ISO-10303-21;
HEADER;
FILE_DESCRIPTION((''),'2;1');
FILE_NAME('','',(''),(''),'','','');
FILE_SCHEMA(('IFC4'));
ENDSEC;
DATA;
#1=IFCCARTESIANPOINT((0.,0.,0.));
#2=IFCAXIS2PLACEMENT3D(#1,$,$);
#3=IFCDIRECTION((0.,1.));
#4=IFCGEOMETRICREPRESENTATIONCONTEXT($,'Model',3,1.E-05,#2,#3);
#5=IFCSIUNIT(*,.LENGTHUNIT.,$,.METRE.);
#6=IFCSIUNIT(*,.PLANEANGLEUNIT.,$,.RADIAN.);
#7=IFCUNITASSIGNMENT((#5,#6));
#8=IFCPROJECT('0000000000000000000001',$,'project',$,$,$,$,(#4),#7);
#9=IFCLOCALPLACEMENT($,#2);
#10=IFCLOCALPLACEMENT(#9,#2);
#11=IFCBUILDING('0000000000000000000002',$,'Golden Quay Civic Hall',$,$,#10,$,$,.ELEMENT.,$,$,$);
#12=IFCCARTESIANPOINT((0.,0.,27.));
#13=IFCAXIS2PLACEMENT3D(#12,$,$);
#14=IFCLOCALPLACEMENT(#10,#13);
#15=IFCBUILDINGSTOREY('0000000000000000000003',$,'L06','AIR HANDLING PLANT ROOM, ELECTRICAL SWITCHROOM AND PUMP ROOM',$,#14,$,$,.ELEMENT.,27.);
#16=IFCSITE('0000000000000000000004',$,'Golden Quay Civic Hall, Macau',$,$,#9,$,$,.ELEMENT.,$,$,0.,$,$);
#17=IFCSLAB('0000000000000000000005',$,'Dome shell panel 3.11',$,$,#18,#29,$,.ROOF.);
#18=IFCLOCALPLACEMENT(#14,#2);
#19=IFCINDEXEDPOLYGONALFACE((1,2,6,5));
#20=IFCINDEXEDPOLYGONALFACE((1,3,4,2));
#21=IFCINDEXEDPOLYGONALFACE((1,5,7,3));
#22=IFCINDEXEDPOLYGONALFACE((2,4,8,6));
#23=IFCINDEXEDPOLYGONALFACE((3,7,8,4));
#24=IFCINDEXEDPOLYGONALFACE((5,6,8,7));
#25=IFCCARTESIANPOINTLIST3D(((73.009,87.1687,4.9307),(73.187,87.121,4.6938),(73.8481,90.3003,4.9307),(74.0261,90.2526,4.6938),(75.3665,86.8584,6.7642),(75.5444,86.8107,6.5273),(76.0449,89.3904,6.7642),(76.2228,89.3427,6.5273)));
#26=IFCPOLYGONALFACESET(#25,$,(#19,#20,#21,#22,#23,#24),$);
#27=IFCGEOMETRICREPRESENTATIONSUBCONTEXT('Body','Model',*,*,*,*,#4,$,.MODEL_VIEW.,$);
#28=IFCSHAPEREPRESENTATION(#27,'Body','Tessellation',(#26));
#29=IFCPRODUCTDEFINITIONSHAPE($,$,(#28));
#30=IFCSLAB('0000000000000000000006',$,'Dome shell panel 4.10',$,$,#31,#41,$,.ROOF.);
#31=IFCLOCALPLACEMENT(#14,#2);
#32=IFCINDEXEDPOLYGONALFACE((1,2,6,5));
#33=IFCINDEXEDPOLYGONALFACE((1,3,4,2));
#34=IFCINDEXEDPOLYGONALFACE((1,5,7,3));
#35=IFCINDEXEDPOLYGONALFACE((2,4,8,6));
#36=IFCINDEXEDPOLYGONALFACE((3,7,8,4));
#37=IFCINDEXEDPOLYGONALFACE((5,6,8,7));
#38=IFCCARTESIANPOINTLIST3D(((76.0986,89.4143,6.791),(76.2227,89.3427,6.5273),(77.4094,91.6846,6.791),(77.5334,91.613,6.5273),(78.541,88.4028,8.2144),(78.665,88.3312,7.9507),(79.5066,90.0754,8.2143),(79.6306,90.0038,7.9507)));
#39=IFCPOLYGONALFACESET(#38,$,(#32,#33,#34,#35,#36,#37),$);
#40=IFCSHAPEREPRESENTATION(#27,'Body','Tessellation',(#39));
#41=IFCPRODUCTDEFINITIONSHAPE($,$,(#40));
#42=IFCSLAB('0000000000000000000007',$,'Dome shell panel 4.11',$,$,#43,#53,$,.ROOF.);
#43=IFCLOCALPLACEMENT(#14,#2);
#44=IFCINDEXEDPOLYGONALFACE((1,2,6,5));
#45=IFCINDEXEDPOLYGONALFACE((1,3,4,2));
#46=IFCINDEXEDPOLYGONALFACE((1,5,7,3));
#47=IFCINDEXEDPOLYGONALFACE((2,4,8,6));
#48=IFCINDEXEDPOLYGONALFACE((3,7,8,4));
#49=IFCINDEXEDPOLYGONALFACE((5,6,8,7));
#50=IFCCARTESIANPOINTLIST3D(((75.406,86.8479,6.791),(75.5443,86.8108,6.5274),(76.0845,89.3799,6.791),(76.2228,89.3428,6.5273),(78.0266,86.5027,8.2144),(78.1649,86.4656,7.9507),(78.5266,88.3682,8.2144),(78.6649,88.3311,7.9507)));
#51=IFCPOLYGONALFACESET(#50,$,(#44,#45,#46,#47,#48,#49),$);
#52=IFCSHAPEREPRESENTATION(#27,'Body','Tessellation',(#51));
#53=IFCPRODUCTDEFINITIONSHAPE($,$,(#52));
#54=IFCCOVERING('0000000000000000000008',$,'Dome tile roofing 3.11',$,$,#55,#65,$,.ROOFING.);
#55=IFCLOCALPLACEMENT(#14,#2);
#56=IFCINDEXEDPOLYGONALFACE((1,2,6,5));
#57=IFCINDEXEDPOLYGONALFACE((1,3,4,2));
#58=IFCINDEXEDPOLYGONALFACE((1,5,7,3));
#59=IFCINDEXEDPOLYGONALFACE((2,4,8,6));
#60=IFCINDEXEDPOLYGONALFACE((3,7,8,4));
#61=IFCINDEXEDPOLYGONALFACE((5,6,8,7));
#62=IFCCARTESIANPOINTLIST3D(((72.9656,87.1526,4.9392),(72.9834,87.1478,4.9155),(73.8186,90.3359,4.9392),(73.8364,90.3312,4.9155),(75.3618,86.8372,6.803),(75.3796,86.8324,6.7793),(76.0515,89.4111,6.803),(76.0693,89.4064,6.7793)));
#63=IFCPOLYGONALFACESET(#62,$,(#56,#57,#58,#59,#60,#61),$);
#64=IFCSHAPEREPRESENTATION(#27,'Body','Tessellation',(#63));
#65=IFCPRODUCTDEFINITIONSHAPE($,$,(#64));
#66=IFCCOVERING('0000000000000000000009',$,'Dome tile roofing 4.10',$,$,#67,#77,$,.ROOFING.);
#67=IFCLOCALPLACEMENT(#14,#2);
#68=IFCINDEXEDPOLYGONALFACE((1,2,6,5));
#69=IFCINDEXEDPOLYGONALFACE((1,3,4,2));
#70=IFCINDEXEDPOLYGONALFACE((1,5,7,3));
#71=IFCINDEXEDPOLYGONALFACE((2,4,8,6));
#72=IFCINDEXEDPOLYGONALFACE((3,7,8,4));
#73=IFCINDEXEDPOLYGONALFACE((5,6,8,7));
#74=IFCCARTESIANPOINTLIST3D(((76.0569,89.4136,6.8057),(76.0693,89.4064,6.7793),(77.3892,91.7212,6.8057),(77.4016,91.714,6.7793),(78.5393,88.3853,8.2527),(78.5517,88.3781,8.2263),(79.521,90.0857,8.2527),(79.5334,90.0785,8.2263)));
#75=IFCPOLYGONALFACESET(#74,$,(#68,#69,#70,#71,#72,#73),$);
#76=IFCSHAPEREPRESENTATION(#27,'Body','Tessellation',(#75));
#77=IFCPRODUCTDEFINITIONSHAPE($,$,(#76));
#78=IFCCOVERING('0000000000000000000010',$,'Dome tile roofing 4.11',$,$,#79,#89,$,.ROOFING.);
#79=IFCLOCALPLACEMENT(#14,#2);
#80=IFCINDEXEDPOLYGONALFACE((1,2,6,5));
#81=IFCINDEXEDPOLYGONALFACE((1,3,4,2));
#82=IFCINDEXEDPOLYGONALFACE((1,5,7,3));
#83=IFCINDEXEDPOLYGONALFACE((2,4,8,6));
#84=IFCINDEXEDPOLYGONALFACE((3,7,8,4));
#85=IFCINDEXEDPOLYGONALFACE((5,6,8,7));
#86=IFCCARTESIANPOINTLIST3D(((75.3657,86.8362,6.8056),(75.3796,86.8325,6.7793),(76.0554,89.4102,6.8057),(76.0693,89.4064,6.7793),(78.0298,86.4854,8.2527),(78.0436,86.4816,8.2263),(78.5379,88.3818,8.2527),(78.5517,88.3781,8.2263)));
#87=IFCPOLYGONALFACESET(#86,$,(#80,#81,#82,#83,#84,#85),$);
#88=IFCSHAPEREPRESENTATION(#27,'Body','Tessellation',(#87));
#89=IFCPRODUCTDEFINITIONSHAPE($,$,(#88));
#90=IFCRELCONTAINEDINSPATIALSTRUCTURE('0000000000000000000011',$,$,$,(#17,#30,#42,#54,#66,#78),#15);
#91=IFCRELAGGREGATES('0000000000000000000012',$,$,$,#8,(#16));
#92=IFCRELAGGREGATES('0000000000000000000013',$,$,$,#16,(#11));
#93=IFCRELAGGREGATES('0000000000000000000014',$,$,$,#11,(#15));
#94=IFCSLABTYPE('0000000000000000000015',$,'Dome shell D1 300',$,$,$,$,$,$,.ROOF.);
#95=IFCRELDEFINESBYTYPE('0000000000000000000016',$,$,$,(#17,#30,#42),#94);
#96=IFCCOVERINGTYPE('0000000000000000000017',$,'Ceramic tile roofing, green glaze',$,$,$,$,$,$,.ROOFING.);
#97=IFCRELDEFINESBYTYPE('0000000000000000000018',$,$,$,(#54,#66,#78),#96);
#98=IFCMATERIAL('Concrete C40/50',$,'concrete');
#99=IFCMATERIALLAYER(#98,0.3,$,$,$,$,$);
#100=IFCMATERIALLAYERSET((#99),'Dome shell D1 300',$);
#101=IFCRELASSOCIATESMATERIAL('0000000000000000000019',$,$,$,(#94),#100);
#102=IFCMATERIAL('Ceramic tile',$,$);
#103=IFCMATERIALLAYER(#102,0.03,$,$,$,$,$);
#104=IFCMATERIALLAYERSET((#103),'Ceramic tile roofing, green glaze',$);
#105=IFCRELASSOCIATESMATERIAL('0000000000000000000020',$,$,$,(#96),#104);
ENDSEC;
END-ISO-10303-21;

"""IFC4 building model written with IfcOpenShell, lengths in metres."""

from ifc_helpers import new_model, si_unit, direction, frame, origin, place, context, subcontext, project, spatial, polyline, outline, extrude, material, layer, layer_set, type_object, element, save


model = new_model("IFC4")

# Units and contexts
model_context = context("Model", 3, precision=1e-05, world=origin(), true_north=direction((0.0, 1.0)))
body_context = subcontext(model_context, "Body", "Model", "MODEL_VIEW")
ifc_project = project(units=[si_unit("LENGTHUNIT", "METRE"), si_unit("PLANEANGLEUNIT", "RADIAN")], contexts=[model_context])

# Site, building, storey
site_placement = place(None, origin())
site = spatial("IfcSite", under=ifc_project, at=site_placement, Name="Golden Quay Civic Hall, Macau", CompositionType="ELEMENT", RefElevation=0.0)
building_placement = place(site_placement, origin())
building = spatial("IfcBuilding", under=site, at=building_placement, Name="Golden Quay Civic Hall", CompositionType="ELEMENT")
storey_placement = place(building_placement, frame((0.0, 0.0, 27.0)))
storey = spatial("IfcBuildingStorey", under=building, at=storey_placement, Name="L06", Description="AIR HANDLING PLANT ROOM, ELECTRICAL SWITCHROOM AND PUMP ROOM", CompositionType="ELEMENT", Elevation=27.0)

# Slabs
ifc_material_1 = material(Name="Concrete C40/50", Category="concrete")
ifc_layer_1 = layer(ifc_material_1, 0.3)
ifc_layer_set_1 = layer_set([ifc_layer_1], Name="Dome shell D1 300")
slab_type = type_object("IfcSlabType", Name="Dome shell D1 300", PredefinedType="ROOF", material=ifc_layer_set_1)
slab_1_placement = place(storey_placement, frame((73.8481, 90.3003, 4.9307), z_axis=(-0.59301, 0.1589, 0.78936), x_axis=(-0.258821, -0.965925, 0.000002)))
element("IfcSlab", 1, at=slab_1_placement, inside=storey, type_object=slab_type, Name="Dome shell panel 3.11", PredefinedType="ROOF", context=body_context, shape_type="SweptSolid", body=[
    extrude(outline(polyline([(0.0, 0.0), (3.2421, 0.0), (2.9316, 2.9865), (0.3103, 2.9865), (0.0, 0.0)])), origin(), (0.0, 0.0, -1.0), 0.3),
])
slab_2_placement = place(storey_placement, frame((77.4094, 91.6846, 6.791), z_axis=(-0.413311, 0.23862, 0.878769), x_axis=(-0.50001, -0.86602, -0.000011)))
element("IfcSlab", 2, at=slab_2_placement, inside=storey, type_object=slab_type, Name="Dome shell panel 4.10", PredefinedType="ROOF", context=body_context, shape_type="SweptSolid", body=[
    extrude(outline(polyline([(0.0, 0.0), (2.6215, 0.0), (2.2762, 2.9824), (0.3449, 2.9823), (0.0, 0.0)])), origin(), (0.0, 0.0, -1.0), 0.3),
])
slab_3_placement = place(storey_placement, frame((76.0845, 89.3799, 6.791), z_axis=(-0.460997, 0.123542, 0.87876), x_axis=(-0.258834, -0.965922, 0.000011)))
element("IfcSlab", 3, at=slab_3_placement, inside=storey, type_object=slab_type, Name="Dome shell panel 4.11", PredefinedType="ROOF", context=body_context, shape_type="SweptSolid", body=[
    extrude(outline(polyline([(0.0, 0.0), (2.6213, 0.0), (2.2765, 2.9822), (0.3451, 2.9823), (0.0, 0.0)])), origin(), (0.0, 0.0, -1.0), 0.3),
])

# Coverings
ifc_material_2 = material(Name="Ceramic tile")
ifc_layer_2 = layer(ifc_material_2, 0.03)
ifc_layer_set_2 = layer_set([ifc_layer_2], Name="Ceramic tile roofing, green glaze")
covering_type = type_object("IfcCoveringType", Name="Ceramic tile roofing, green glaze", PredefinedType="ROOFING", material=ifc_layer_set_2)
covering_1_placement = place(storey_placement, frame((73.8186, 90.3359, 4.9392), z_axis=(-0.59303, 0.158908, 0.789344), x_axis=(-0.258831, -0.965923, -0.000003)))
element("IfcCovering", 4, at=covering_1_placement, inside=storey, type_object=covering_type, Name="Dome tile roofing 3.11", PredefinedType="ROOFING", context=body_context, shape_type="SweptSolid", body=[
    extrude(outline(polyline([(0.0, 0.0), (3.2957, 0.0), (2.9801, 3.0357), (0.3153, 3.0357), (0.0, 0.0)])), origin(), (0.0, 0.0, -1.0), 0.03),
])
covering_2_placement = place(storey_placement, frame((77.3892, 91.7212, 6.8057), z_axis=(-0.413367, 0.238648, 0.878735), x_axis=(-0.499991, -0.866031, -0.000003)))
element("IfcCovering", 5, at=covering_2_placement, inside=storey, type_object=covering_type, Name="Dome tile roofing 4.10", PredefinedType="ROOFING", context=body_context, shape_type="SweptSolid", body=[
    extrude(outline(polyline([(0.0, 0.0), (2.6646, 0.0), (2.314, 3.0316), (0.3505, 3.0316), (0.0, 0.0)])), origin(), (0.0, 0.0, -1.0), 0.03),
])
covering_3_placement = place(storey_placement, frame((76.0554, 89.4102, 6.8057), z_axis=(-0.461042, 0.123525, 0.878739), x_axis=(-0.258815, -0.965927, -0.000009)))
element("IfcCovering", 6, at=covering_3_placement, inside=storey, type_object=covering_type, Name="Dome tile roofing 4.11", PredefinedType="ROOFING", context=body_context, shape_type="SweptSolid", body=[
    extrude(outline(polyline([(0.0, 0.0), (2.6648, 0.0), (2.3141, 3.0317), (0.3508, 3.0316), (0.0, 0.0)])), origin(), (0.0, 0.0, -1.0), 0.03),
])

save(model, "model.ifc")
